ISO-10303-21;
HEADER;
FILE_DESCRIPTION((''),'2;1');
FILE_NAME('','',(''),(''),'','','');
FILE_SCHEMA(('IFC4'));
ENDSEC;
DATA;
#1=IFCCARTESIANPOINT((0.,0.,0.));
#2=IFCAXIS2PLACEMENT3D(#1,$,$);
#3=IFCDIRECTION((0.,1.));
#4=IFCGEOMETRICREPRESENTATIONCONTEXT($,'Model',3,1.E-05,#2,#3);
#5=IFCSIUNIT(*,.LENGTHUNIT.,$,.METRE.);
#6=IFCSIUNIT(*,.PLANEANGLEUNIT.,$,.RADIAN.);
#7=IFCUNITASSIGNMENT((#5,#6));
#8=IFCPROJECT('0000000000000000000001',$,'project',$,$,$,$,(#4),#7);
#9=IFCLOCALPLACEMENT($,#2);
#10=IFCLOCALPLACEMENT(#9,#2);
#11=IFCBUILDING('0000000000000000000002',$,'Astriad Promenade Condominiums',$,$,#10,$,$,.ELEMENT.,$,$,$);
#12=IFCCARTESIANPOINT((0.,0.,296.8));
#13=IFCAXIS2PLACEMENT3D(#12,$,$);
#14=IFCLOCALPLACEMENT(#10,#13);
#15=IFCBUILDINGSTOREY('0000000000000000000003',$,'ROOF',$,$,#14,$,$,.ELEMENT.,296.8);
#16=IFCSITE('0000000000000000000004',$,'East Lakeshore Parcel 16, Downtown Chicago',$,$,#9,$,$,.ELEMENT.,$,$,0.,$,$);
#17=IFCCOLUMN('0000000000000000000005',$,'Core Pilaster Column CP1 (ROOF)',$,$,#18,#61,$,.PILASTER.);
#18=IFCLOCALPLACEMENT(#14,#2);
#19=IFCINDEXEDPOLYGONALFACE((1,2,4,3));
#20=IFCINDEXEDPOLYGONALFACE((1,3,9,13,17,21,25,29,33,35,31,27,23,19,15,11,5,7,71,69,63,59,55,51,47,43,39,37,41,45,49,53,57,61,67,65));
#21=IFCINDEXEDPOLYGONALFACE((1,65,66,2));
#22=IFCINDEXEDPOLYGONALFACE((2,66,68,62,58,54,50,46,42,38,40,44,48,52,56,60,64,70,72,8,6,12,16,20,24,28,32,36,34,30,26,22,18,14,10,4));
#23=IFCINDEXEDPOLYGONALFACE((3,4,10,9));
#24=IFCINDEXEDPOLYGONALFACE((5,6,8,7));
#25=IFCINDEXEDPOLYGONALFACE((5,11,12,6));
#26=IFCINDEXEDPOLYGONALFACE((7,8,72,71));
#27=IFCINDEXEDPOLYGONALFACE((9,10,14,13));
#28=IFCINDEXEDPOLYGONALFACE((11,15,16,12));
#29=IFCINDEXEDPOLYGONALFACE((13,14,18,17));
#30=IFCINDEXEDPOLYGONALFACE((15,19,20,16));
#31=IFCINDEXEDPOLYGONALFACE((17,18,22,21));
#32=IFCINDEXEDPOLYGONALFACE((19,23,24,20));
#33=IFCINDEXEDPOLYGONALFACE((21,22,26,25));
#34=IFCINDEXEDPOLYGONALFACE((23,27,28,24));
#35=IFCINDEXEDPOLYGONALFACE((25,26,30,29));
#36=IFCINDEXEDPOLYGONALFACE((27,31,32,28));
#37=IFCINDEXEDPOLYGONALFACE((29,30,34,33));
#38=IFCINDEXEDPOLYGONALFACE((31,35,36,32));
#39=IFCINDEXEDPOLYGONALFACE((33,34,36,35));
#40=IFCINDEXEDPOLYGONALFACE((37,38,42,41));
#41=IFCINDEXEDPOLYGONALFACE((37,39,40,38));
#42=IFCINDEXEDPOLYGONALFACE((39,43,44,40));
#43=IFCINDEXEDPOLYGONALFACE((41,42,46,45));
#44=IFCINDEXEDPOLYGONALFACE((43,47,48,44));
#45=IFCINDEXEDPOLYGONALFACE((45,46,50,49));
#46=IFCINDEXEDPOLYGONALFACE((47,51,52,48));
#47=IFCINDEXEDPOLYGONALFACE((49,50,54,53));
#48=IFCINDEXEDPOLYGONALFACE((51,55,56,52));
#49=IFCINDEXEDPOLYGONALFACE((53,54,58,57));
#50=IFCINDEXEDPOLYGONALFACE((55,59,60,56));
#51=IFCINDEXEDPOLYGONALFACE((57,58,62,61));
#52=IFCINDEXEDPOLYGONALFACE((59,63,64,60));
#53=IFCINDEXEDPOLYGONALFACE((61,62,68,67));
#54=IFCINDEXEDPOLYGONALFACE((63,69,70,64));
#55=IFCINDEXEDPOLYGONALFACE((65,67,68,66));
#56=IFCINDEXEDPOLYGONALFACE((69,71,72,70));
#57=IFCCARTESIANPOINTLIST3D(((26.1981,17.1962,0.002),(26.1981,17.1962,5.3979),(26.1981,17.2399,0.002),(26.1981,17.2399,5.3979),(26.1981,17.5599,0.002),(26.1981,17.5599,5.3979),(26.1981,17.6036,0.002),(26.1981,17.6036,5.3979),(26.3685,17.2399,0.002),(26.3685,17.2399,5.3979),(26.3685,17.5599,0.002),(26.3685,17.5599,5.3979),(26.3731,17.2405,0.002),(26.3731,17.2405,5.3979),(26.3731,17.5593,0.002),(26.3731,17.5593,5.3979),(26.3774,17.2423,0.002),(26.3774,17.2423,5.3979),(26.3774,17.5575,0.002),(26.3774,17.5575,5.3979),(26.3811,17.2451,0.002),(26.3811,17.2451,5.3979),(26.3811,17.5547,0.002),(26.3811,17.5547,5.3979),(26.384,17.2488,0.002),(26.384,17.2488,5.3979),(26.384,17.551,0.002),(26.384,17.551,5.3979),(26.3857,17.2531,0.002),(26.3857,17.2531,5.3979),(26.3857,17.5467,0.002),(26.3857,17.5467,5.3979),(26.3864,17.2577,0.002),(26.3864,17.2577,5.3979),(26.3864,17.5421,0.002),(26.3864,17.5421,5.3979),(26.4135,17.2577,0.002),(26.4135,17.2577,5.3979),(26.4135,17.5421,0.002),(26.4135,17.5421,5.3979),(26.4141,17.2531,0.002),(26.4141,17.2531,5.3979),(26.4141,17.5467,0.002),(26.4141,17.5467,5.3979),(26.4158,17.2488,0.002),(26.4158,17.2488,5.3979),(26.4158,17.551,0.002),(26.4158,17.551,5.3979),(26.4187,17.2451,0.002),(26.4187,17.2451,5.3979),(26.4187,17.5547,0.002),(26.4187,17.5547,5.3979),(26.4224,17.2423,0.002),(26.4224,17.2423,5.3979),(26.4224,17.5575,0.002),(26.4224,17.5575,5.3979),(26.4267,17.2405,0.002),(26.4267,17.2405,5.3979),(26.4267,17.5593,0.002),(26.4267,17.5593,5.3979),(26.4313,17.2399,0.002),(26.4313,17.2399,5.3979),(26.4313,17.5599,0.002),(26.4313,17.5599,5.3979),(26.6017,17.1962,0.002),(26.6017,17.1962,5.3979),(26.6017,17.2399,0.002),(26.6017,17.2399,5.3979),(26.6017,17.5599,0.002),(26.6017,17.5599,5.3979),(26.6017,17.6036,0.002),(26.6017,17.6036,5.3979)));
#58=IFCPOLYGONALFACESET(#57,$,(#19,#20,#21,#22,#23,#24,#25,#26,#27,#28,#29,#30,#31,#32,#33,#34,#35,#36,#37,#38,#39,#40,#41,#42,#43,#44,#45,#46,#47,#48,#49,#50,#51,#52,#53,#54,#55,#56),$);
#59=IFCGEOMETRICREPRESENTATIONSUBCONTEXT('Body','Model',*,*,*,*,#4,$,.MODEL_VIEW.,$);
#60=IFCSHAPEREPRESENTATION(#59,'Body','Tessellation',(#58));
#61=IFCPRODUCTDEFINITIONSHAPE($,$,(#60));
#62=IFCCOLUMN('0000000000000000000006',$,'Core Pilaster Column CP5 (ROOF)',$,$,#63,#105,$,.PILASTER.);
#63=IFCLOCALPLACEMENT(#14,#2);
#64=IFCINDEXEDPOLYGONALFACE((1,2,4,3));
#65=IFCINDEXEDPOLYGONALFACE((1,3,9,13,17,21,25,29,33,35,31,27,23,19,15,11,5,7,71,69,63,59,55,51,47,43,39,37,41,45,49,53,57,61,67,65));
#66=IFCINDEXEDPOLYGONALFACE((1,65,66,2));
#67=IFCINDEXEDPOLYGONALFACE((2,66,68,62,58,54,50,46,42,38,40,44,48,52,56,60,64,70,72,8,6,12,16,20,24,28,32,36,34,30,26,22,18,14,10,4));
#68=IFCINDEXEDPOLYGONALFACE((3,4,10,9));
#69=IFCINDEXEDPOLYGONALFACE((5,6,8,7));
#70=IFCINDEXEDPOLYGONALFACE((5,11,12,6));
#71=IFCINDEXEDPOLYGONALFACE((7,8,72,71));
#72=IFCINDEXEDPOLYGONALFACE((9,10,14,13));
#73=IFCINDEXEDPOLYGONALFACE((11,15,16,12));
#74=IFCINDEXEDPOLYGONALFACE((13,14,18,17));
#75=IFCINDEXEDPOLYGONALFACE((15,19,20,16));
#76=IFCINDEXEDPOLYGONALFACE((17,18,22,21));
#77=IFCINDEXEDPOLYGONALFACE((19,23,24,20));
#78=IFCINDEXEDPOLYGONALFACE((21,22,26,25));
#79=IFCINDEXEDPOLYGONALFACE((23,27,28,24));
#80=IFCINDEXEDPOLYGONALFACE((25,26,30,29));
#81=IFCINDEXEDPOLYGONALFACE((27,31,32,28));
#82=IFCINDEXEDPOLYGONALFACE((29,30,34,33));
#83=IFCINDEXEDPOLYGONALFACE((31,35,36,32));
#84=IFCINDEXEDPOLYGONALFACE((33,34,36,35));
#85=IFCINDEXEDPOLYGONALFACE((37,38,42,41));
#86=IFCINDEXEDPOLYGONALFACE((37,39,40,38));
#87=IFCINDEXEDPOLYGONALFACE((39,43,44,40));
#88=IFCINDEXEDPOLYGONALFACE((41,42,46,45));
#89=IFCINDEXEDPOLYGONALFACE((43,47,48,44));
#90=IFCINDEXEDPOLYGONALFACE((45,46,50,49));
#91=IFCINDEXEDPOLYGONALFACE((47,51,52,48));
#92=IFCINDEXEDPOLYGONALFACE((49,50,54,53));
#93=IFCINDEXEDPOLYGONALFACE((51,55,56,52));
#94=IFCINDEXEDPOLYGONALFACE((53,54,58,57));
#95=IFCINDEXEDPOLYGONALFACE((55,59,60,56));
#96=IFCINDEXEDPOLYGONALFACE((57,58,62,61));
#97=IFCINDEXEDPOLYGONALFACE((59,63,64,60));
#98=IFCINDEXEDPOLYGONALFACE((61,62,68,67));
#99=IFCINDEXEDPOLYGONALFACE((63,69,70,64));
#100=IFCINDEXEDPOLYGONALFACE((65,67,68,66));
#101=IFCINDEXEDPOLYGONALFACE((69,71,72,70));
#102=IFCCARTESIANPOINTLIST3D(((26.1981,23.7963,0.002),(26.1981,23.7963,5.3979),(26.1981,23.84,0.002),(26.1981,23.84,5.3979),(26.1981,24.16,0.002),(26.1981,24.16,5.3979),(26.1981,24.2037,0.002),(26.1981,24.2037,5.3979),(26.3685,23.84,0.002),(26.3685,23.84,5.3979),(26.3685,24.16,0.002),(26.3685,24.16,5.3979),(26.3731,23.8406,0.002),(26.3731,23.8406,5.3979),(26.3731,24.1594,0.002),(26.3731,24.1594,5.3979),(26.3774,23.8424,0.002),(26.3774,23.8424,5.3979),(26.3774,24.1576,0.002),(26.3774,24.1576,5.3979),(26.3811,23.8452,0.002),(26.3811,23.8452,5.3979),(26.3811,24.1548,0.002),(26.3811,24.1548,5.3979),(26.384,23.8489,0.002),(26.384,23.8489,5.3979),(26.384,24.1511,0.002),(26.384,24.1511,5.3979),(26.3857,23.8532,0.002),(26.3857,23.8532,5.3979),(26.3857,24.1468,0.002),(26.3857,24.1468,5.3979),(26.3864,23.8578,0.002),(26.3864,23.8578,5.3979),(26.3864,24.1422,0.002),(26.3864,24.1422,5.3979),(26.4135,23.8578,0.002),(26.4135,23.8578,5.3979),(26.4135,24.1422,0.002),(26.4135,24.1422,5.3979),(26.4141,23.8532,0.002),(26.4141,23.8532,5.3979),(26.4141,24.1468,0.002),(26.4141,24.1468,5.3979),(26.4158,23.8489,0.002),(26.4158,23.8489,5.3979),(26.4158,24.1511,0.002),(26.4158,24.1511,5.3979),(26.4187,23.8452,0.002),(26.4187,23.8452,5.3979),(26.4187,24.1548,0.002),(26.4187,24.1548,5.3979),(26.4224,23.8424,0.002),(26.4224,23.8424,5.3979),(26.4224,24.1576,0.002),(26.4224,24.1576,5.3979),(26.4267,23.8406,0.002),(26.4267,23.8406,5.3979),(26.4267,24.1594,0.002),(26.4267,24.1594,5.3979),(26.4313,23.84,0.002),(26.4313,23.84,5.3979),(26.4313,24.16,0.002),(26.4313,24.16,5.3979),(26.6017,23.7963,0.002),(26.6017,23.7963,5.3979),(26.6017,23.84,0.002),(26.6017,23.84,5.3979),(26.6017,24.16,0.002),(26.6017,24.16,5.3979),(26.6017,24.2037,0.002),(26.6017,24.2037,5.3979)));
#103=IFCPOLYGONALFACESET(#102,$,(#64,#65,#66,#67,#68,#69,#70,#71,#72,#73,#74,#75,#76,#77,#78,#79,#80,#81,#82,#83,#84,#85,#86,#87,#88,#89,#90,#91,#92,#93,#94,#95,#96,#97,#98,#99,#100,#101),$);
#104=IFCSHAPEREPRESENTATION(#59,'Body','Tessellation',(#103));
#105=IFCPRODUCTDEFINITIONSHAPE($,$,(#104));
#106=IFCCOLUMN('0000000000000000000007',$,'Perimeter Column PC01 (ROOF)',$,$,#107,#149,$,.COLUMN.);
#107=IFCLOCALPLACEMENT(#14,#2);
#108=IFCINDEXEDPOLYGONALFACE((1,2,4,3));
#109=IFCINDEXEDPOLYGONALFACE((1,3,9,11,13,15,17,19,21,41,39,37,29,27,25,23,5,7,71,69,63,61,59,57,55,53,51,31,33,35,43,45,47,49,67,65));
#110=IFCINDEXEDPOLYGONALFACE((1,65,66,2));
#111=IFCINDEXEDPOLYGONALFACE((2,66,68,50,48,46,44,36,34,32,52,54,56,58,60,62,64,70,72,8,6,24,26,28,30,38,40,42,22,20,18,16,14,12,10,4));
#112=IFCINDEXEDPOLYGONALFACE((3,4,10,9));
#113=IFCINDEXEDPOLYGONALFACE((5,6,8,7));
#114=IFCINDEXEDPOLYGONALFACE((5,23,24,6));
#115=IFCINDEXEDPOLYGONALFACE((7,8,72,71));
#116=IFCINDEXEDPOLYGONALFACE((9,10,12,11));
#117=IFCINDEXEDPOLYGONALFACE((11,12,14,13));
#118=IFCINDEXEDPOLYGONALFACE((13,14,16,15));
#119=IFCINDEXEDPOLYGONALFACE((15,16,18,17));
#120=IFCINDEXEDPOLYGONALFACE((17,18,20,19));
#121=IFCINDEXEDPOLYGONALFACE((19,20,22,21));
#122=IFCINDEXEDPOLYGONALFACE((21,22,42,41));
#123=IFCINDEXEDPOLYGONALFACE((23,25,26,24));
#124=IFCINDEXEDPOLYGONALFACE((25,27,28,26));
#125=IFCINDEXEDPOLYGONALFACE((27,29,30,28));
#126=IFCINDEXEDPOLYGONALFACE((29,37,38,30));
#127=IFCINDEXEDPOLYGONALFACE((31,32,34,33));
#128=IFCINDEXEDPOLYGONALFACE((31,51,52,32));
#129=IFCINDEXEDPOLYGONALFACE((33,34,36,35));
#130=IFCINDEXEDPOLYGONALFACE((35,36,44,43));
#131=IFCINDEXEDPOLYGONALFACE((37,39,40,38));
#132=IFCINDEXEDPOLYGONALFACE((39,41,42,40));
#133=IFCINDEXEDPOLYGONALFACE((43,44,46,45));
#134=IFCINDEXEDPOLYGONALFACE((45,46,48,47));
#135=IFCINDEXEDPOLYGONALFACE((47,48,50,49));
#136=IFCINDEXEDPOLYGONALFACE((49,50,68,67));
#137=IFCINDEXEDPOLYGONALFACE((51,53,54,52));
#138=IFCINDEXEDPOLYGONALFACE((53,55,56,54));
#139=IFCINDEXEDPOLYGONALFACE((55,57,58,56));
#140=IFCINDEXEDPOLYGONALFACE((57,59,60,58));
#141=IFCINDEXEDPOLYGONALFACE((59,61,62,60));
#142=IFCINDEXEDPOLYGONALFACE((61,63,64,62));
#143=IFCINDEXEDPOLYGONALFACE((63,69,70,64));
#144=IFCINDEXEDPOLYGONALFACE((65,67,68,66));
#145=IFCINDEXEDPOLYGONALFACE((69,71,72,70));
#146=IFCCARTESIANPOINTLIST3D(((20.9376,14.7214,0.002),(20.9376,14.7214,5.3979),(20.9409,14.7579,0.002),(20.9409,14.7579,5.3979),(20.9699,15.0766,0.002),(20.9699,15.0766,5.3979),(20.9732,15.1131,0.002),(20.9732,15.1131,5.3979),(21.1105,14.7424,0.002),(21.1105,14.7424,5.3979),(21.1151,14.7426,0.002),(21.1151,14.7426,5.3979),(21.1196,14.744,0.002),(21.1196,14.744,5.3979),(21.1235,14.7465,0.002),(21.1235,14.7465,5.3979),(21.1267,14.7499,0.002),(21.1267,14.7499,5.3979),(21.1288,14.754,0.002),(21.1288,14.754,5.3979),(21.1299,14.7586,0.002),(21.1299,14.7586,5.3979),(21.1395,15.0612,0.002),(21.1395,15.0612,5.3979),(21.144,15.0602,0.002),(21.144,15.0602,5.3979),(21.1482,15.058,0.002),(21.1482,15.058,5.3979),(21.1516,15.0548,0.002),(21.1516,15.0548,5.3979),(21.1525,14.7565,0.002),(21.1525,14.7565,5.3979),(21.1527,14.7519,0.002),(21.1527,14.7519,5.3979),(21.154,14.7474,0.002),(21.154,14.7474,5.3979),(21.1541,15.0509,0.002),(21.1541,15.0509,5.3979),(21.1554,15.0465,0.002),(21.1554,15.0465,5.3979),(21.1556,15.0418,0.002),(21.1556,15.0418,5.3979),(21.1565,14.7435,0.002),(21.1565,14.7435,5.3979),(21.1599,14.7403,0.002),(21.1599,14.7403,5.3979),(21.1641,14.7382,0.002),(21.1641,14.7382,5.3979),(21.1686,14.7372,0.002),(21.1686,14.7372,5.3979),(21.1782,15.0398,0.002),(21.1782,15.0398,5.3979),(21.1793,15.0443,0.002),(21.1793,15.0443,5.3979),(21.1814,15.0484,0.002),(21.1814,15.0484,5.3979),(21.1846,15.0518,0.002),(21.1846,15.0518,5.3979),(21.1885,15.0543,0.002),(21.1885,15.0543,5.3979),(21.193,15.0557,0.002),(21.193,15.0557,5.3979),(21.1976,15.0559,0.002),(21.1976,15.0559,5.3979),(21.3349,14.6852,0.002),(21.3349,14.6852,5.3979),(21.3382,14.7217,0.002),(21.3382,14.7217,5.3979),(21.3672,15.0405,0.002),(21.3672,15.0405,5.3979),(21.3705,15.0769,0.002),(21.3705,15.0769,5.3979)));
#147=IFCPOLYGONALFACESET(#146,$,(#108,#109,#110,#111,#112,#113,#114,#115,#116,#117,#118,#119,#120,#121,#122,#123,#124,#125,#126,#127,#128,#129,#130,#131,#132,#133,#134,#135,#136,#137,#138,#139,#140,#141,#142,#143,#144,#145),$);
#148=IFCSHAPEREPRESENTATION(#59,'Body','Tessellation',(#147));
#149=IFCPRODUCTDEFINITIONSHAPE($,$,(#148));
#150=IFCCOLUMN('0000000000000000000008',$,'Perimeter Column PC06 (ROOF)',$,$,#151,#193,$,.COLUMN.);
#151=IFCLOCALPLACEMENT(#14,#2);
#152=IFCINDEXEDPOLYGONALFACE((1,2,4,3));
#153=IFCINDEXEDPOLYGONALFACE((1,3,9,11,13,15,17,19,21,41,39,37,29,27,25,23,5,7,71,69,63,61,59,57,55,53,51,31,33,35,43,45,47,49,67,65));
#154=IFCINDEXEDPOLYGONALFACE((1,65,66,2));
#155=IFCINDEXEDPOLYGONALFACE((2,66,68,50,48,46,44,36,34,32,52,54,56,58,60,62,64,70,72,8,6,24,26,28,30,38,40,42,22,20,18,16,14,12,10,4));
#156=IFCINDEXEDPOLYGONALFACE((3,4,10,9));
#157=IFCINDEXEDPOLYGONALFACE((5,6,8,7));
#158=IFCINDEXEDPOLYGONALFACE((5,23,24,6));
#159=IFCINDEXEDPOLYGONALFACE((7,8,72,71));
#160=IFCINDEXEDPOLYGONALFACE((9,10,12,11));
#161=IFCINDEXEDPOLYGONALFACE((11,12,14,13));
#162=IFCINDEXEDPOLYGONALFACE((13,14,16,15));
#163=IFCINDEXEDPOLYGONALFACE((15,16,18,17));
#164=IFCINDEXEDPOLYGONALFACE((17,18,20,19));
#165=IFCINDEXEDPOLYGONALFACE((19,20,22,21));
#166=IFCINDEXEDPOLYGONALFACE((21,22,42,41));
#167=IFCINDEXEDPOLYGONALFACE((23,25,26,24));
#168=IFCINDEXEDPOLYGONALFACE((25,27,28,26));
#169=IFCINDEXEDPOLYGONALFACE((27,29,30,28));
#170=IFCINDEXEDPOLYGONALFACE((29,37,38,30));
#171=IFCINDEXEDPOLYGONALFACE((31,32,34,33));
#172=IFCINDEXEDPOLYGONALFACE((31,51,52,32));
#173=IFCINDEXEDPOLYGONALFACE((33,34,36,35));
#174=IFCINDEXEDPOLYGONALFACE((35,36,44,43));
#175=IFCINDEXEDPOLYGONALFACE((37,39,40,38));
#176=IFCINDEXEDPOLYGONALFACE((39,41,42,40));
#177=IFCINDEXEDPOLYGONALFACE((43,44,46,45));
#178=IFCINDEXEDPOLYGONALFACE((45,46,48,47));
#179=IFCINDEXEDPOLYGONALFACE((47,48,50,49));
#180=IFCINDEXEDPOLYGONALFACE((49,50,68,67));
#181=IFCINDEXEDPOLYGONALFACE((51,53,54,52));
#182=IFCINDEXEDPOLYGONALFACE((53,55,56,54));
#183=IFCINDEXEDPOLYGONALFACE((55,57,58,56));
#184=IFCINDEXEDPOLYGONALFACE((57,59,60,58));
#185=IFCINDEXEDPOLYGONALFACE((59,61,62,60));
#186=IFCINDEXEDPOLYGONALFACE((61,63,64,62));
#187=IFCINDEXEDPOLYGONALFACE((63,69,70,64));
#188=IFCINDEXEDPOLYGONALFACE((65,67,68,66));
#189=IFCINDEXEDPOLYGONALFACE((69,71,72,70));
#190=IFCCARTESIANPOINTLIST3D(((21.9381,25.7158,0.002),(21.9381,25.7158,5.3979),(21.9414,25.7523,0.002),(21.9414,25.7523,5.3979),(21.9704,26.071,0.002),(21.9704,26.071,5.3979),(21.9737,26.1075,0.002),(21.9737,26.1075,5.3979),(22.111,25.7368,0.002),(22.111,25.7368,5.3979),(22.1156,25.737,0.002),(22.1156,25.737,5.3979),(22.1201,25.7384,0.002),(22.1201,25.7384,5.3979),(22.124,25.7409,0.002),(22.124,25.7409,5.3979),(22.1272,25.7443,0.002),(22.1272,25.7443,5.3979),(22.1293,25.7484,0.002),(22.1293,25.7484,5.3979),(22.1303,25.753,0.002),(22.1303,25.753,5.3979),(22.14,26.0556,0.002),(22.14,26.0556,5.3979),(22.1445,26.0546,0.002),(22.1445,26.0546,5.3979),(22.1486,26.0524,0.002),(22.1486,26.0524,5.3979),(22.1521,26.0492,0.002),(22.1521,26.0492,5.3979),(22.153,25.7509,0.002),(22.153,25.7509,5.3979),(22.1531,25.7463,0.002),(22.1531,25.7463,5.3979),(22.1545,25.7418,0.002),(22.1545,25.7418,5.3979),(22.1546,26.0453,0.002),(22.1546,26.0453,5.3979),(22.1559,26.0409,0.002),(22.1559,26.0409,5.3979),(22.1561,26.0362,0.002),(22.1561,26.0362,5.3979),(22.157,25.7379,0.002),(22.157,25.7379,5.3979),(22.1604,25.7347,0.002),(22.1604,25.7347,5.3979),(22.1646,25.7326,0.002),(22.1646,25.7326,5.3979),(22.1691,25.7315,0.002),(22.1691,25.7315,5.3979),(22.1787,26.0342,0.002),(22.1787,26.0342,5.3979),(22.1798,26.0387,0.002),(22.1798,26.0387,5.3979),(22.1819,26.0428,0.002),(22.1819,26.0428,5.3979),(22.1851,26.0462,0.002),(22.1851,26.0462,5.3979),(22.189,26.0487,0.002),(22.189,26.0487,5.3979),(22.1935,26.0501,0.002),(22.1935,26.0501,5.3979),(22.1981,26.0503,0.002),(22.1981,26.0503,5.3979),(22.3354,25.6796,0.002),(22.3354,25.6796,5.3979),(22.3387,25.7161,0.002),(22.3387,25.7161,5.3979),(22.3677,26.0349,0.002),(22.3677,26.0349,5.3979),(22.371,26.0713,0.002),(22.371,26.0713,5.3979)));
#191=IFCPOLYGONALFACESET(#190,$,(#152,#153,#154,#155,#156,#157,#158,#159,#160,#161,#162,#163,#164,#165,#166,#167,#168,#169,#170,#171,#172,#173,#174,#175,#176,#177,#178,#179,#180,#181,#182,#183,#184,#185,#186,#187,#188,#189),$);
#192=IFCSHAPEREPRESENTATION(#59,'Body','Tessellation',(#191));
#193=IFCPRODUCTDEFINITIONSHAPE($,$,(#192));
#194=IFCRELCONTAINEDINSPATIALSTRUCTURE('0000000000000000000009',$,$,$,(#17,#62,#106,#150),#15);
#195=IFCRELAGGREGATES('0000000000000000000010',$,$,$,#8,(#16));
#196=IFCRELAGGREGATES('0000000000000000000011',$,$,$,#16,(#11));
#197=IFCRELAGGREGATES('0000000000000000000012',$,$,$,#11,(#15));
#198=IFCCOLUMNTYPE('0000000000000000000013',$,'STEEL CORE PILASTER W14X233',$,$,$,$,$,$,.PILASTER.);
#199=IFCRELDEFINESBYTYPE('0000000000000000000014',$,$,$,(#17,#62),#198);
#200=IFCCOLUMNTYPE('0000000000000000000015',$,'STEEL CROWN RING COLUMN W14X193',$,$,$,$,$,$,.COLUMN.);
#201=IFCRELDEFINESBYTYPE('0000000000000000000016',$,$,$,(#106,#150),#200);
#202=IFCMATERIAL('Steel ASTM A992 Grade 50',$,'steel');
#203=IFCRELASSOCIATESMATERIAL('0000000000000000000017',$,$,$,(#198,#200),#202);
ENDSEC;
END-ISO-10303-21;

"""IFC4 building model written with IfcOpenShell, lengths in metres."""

from ifc_helpers import new_model, si_unit, direction, frame, origin, origin_2d, place, context, subcontext, project, spatial, i_section, extrude, source, transform, mapped, material, material_profile, profile_set, type_object, type_shapes, element, save


model = new_model("IFC4")

# Units and contexts
model_context = context("Model", 3, precision=1e-05, world=origin(), true_north=direction((0.0, 1.0)))
body_context = subcontext(model_context, "Body", "Model", "MODEL_VIEW")
ifc_project = project(units=[si_unit("LENGTHUNIT", "METRE"), si_unit("PLANEANGLEUNIT", "RADIAN")], contexts=[model_context])

# Site, building, storey
site_placement = place(None, origin())
site = spatial("IfcSite", under=ifc_project, at=site_placement, Name="East Lakeshore Parcel 16, Downtown Chicago", CompositionType="ELEMENT", RefElevation=0.0)
building_placement = place(site_placement, origin())
building = spatial("IfcBuilding", under=site, at=building_placement, Name="Astriad Promenade Condominiums", CompositionType="ELEMENT")
storey_placement = place(building_placement, frame((0.0, 0.0, 296.8)))
storey = spatial("IfcBuildingStorey", under=building, at=storey_placement, Name="ROOF", CompositionType="ELEMENT", Elevation=296.8)

# Columns
ifc_material_1 = material(Name="Steel ASTM A992 Grade 50", Category="steel")
ifc_material_profile_1 = material_profile(ifc_material_1, i_section(OverallWidth=0.4036, OverallDepth=0.4075, WebThickness=0.0271, FlangeThickness=0.0437, FilletRadius=0.0178, at=origin_2d()), Name="W14X233")
ifc_profile_set_1 = profile_set([ifc_material_profile_1], Name="Steel ASTM A992 Grade 50")
column_type_1 = type_object("IfcColumnType", Name="STEEL CORE PILASTER W14X233", PredefinedType="PILASTER", material=ifc_profile_set_1)
shared_shape_1 = source(origin(), body_context, "Body", "SweptSolid", [
    extrude(i_section(OverallWidth=0.4036, OverallDepth=0.4075, WebThickness=0.0271, FlangeThickness=0.0437, FilletRadius=0.0178, at=origin_2d()), origin(), (0.0, 0.0, 1.0), 5.396),
])
type_shapes(column_type_1, [shared_shape_1])
for number, where, z_axis, x_axis, name in (
    (1, (26.3999, 17.3999, 0.002), (0.0, 0.0, 1.0), (1.0, 0.0, 0.0), "Core Pilaster Column CP1 (ROOF)"),
    (2, (26.3999, 24.0, 0.002), (0.0, 0.0, 1.0), (1.0, 0.0, 0.0), "Core Pilaster Column CP5 (ROOF)"),
):
    element("IfcColumn", number, at=place(storey_placement, frame(where, z_axis=z_axis, x_axis=x_axis)), inside=storey, type_object=column_type_1, Name=name, PredefinedType="PILASTER", context=body_context, shape_type="MappedRepresentation", body=[
        mapped(shared_shape_1, transform((0.0, 0.0, 0.0), scale=1.0)),
    ])
ifc_material_profile_2 = material_profile(ifc_material_1, i_section(OverallWidth=0.3989, OverallDepth=0.3933, WebThickness=0.0227, FlangeThickness=0.0366, FilletRadius=0.0178, at=origin_2d()), Name="W14X193")
ifc_profile_set_2 = profile_set([ifc_material_profile_2], Name="Steel ASTM A992 Grade 50")
column_type_2 = type_object("IfcColumnType", Name="STEEL CROWN RING COLUMN W14X193", PredefinedType="COLUMN", material=ifc_profile_set_2)
shared_shape_2 = source(origin(), body_context, "Body", "SweptSolid", [
    extrude(i_section(OverallWidth=0.3989, OverallDepth=0.3933, WebThickness=0.0227, FlangeThickness=0.0366, FilletRadius=0.0178, at=origin_2d()), origin(), (0.0, 0.0, 1.0), 5.396),
])
type_shapes(column_type_2, [shared_shape_2])
for number, where, z_axis, x_axis, name in (
    (3, (21.1541, 14.8992, 0.002), (0.0, 0.0, 1.0), (0.995884, -0.090633, 0.0), "Perimeter Column PC01 (ROOF)"),
    (4, (22.1545, 25.8936, 0.002), (0.0, 0.0, 1.0), (0.995884, -0.090633, 0.0), "Perimeter Column PC06 (ROOF)"),
):
    element("IfcColumn", number, at=place(storey_placement, frame(where, z_axis=z_axis, x_axis=x_axis)), inside=storey, type_object=column_type_2, Name=name, PredefinedType="COLUMN", context=body_context, shape_type="MappedRepresentation", body=[
        mapped(shared_shape_2, transform((0.0, 0.0, 0.0), scale=1.0)),
    ])

save(model, "model.ifc")
